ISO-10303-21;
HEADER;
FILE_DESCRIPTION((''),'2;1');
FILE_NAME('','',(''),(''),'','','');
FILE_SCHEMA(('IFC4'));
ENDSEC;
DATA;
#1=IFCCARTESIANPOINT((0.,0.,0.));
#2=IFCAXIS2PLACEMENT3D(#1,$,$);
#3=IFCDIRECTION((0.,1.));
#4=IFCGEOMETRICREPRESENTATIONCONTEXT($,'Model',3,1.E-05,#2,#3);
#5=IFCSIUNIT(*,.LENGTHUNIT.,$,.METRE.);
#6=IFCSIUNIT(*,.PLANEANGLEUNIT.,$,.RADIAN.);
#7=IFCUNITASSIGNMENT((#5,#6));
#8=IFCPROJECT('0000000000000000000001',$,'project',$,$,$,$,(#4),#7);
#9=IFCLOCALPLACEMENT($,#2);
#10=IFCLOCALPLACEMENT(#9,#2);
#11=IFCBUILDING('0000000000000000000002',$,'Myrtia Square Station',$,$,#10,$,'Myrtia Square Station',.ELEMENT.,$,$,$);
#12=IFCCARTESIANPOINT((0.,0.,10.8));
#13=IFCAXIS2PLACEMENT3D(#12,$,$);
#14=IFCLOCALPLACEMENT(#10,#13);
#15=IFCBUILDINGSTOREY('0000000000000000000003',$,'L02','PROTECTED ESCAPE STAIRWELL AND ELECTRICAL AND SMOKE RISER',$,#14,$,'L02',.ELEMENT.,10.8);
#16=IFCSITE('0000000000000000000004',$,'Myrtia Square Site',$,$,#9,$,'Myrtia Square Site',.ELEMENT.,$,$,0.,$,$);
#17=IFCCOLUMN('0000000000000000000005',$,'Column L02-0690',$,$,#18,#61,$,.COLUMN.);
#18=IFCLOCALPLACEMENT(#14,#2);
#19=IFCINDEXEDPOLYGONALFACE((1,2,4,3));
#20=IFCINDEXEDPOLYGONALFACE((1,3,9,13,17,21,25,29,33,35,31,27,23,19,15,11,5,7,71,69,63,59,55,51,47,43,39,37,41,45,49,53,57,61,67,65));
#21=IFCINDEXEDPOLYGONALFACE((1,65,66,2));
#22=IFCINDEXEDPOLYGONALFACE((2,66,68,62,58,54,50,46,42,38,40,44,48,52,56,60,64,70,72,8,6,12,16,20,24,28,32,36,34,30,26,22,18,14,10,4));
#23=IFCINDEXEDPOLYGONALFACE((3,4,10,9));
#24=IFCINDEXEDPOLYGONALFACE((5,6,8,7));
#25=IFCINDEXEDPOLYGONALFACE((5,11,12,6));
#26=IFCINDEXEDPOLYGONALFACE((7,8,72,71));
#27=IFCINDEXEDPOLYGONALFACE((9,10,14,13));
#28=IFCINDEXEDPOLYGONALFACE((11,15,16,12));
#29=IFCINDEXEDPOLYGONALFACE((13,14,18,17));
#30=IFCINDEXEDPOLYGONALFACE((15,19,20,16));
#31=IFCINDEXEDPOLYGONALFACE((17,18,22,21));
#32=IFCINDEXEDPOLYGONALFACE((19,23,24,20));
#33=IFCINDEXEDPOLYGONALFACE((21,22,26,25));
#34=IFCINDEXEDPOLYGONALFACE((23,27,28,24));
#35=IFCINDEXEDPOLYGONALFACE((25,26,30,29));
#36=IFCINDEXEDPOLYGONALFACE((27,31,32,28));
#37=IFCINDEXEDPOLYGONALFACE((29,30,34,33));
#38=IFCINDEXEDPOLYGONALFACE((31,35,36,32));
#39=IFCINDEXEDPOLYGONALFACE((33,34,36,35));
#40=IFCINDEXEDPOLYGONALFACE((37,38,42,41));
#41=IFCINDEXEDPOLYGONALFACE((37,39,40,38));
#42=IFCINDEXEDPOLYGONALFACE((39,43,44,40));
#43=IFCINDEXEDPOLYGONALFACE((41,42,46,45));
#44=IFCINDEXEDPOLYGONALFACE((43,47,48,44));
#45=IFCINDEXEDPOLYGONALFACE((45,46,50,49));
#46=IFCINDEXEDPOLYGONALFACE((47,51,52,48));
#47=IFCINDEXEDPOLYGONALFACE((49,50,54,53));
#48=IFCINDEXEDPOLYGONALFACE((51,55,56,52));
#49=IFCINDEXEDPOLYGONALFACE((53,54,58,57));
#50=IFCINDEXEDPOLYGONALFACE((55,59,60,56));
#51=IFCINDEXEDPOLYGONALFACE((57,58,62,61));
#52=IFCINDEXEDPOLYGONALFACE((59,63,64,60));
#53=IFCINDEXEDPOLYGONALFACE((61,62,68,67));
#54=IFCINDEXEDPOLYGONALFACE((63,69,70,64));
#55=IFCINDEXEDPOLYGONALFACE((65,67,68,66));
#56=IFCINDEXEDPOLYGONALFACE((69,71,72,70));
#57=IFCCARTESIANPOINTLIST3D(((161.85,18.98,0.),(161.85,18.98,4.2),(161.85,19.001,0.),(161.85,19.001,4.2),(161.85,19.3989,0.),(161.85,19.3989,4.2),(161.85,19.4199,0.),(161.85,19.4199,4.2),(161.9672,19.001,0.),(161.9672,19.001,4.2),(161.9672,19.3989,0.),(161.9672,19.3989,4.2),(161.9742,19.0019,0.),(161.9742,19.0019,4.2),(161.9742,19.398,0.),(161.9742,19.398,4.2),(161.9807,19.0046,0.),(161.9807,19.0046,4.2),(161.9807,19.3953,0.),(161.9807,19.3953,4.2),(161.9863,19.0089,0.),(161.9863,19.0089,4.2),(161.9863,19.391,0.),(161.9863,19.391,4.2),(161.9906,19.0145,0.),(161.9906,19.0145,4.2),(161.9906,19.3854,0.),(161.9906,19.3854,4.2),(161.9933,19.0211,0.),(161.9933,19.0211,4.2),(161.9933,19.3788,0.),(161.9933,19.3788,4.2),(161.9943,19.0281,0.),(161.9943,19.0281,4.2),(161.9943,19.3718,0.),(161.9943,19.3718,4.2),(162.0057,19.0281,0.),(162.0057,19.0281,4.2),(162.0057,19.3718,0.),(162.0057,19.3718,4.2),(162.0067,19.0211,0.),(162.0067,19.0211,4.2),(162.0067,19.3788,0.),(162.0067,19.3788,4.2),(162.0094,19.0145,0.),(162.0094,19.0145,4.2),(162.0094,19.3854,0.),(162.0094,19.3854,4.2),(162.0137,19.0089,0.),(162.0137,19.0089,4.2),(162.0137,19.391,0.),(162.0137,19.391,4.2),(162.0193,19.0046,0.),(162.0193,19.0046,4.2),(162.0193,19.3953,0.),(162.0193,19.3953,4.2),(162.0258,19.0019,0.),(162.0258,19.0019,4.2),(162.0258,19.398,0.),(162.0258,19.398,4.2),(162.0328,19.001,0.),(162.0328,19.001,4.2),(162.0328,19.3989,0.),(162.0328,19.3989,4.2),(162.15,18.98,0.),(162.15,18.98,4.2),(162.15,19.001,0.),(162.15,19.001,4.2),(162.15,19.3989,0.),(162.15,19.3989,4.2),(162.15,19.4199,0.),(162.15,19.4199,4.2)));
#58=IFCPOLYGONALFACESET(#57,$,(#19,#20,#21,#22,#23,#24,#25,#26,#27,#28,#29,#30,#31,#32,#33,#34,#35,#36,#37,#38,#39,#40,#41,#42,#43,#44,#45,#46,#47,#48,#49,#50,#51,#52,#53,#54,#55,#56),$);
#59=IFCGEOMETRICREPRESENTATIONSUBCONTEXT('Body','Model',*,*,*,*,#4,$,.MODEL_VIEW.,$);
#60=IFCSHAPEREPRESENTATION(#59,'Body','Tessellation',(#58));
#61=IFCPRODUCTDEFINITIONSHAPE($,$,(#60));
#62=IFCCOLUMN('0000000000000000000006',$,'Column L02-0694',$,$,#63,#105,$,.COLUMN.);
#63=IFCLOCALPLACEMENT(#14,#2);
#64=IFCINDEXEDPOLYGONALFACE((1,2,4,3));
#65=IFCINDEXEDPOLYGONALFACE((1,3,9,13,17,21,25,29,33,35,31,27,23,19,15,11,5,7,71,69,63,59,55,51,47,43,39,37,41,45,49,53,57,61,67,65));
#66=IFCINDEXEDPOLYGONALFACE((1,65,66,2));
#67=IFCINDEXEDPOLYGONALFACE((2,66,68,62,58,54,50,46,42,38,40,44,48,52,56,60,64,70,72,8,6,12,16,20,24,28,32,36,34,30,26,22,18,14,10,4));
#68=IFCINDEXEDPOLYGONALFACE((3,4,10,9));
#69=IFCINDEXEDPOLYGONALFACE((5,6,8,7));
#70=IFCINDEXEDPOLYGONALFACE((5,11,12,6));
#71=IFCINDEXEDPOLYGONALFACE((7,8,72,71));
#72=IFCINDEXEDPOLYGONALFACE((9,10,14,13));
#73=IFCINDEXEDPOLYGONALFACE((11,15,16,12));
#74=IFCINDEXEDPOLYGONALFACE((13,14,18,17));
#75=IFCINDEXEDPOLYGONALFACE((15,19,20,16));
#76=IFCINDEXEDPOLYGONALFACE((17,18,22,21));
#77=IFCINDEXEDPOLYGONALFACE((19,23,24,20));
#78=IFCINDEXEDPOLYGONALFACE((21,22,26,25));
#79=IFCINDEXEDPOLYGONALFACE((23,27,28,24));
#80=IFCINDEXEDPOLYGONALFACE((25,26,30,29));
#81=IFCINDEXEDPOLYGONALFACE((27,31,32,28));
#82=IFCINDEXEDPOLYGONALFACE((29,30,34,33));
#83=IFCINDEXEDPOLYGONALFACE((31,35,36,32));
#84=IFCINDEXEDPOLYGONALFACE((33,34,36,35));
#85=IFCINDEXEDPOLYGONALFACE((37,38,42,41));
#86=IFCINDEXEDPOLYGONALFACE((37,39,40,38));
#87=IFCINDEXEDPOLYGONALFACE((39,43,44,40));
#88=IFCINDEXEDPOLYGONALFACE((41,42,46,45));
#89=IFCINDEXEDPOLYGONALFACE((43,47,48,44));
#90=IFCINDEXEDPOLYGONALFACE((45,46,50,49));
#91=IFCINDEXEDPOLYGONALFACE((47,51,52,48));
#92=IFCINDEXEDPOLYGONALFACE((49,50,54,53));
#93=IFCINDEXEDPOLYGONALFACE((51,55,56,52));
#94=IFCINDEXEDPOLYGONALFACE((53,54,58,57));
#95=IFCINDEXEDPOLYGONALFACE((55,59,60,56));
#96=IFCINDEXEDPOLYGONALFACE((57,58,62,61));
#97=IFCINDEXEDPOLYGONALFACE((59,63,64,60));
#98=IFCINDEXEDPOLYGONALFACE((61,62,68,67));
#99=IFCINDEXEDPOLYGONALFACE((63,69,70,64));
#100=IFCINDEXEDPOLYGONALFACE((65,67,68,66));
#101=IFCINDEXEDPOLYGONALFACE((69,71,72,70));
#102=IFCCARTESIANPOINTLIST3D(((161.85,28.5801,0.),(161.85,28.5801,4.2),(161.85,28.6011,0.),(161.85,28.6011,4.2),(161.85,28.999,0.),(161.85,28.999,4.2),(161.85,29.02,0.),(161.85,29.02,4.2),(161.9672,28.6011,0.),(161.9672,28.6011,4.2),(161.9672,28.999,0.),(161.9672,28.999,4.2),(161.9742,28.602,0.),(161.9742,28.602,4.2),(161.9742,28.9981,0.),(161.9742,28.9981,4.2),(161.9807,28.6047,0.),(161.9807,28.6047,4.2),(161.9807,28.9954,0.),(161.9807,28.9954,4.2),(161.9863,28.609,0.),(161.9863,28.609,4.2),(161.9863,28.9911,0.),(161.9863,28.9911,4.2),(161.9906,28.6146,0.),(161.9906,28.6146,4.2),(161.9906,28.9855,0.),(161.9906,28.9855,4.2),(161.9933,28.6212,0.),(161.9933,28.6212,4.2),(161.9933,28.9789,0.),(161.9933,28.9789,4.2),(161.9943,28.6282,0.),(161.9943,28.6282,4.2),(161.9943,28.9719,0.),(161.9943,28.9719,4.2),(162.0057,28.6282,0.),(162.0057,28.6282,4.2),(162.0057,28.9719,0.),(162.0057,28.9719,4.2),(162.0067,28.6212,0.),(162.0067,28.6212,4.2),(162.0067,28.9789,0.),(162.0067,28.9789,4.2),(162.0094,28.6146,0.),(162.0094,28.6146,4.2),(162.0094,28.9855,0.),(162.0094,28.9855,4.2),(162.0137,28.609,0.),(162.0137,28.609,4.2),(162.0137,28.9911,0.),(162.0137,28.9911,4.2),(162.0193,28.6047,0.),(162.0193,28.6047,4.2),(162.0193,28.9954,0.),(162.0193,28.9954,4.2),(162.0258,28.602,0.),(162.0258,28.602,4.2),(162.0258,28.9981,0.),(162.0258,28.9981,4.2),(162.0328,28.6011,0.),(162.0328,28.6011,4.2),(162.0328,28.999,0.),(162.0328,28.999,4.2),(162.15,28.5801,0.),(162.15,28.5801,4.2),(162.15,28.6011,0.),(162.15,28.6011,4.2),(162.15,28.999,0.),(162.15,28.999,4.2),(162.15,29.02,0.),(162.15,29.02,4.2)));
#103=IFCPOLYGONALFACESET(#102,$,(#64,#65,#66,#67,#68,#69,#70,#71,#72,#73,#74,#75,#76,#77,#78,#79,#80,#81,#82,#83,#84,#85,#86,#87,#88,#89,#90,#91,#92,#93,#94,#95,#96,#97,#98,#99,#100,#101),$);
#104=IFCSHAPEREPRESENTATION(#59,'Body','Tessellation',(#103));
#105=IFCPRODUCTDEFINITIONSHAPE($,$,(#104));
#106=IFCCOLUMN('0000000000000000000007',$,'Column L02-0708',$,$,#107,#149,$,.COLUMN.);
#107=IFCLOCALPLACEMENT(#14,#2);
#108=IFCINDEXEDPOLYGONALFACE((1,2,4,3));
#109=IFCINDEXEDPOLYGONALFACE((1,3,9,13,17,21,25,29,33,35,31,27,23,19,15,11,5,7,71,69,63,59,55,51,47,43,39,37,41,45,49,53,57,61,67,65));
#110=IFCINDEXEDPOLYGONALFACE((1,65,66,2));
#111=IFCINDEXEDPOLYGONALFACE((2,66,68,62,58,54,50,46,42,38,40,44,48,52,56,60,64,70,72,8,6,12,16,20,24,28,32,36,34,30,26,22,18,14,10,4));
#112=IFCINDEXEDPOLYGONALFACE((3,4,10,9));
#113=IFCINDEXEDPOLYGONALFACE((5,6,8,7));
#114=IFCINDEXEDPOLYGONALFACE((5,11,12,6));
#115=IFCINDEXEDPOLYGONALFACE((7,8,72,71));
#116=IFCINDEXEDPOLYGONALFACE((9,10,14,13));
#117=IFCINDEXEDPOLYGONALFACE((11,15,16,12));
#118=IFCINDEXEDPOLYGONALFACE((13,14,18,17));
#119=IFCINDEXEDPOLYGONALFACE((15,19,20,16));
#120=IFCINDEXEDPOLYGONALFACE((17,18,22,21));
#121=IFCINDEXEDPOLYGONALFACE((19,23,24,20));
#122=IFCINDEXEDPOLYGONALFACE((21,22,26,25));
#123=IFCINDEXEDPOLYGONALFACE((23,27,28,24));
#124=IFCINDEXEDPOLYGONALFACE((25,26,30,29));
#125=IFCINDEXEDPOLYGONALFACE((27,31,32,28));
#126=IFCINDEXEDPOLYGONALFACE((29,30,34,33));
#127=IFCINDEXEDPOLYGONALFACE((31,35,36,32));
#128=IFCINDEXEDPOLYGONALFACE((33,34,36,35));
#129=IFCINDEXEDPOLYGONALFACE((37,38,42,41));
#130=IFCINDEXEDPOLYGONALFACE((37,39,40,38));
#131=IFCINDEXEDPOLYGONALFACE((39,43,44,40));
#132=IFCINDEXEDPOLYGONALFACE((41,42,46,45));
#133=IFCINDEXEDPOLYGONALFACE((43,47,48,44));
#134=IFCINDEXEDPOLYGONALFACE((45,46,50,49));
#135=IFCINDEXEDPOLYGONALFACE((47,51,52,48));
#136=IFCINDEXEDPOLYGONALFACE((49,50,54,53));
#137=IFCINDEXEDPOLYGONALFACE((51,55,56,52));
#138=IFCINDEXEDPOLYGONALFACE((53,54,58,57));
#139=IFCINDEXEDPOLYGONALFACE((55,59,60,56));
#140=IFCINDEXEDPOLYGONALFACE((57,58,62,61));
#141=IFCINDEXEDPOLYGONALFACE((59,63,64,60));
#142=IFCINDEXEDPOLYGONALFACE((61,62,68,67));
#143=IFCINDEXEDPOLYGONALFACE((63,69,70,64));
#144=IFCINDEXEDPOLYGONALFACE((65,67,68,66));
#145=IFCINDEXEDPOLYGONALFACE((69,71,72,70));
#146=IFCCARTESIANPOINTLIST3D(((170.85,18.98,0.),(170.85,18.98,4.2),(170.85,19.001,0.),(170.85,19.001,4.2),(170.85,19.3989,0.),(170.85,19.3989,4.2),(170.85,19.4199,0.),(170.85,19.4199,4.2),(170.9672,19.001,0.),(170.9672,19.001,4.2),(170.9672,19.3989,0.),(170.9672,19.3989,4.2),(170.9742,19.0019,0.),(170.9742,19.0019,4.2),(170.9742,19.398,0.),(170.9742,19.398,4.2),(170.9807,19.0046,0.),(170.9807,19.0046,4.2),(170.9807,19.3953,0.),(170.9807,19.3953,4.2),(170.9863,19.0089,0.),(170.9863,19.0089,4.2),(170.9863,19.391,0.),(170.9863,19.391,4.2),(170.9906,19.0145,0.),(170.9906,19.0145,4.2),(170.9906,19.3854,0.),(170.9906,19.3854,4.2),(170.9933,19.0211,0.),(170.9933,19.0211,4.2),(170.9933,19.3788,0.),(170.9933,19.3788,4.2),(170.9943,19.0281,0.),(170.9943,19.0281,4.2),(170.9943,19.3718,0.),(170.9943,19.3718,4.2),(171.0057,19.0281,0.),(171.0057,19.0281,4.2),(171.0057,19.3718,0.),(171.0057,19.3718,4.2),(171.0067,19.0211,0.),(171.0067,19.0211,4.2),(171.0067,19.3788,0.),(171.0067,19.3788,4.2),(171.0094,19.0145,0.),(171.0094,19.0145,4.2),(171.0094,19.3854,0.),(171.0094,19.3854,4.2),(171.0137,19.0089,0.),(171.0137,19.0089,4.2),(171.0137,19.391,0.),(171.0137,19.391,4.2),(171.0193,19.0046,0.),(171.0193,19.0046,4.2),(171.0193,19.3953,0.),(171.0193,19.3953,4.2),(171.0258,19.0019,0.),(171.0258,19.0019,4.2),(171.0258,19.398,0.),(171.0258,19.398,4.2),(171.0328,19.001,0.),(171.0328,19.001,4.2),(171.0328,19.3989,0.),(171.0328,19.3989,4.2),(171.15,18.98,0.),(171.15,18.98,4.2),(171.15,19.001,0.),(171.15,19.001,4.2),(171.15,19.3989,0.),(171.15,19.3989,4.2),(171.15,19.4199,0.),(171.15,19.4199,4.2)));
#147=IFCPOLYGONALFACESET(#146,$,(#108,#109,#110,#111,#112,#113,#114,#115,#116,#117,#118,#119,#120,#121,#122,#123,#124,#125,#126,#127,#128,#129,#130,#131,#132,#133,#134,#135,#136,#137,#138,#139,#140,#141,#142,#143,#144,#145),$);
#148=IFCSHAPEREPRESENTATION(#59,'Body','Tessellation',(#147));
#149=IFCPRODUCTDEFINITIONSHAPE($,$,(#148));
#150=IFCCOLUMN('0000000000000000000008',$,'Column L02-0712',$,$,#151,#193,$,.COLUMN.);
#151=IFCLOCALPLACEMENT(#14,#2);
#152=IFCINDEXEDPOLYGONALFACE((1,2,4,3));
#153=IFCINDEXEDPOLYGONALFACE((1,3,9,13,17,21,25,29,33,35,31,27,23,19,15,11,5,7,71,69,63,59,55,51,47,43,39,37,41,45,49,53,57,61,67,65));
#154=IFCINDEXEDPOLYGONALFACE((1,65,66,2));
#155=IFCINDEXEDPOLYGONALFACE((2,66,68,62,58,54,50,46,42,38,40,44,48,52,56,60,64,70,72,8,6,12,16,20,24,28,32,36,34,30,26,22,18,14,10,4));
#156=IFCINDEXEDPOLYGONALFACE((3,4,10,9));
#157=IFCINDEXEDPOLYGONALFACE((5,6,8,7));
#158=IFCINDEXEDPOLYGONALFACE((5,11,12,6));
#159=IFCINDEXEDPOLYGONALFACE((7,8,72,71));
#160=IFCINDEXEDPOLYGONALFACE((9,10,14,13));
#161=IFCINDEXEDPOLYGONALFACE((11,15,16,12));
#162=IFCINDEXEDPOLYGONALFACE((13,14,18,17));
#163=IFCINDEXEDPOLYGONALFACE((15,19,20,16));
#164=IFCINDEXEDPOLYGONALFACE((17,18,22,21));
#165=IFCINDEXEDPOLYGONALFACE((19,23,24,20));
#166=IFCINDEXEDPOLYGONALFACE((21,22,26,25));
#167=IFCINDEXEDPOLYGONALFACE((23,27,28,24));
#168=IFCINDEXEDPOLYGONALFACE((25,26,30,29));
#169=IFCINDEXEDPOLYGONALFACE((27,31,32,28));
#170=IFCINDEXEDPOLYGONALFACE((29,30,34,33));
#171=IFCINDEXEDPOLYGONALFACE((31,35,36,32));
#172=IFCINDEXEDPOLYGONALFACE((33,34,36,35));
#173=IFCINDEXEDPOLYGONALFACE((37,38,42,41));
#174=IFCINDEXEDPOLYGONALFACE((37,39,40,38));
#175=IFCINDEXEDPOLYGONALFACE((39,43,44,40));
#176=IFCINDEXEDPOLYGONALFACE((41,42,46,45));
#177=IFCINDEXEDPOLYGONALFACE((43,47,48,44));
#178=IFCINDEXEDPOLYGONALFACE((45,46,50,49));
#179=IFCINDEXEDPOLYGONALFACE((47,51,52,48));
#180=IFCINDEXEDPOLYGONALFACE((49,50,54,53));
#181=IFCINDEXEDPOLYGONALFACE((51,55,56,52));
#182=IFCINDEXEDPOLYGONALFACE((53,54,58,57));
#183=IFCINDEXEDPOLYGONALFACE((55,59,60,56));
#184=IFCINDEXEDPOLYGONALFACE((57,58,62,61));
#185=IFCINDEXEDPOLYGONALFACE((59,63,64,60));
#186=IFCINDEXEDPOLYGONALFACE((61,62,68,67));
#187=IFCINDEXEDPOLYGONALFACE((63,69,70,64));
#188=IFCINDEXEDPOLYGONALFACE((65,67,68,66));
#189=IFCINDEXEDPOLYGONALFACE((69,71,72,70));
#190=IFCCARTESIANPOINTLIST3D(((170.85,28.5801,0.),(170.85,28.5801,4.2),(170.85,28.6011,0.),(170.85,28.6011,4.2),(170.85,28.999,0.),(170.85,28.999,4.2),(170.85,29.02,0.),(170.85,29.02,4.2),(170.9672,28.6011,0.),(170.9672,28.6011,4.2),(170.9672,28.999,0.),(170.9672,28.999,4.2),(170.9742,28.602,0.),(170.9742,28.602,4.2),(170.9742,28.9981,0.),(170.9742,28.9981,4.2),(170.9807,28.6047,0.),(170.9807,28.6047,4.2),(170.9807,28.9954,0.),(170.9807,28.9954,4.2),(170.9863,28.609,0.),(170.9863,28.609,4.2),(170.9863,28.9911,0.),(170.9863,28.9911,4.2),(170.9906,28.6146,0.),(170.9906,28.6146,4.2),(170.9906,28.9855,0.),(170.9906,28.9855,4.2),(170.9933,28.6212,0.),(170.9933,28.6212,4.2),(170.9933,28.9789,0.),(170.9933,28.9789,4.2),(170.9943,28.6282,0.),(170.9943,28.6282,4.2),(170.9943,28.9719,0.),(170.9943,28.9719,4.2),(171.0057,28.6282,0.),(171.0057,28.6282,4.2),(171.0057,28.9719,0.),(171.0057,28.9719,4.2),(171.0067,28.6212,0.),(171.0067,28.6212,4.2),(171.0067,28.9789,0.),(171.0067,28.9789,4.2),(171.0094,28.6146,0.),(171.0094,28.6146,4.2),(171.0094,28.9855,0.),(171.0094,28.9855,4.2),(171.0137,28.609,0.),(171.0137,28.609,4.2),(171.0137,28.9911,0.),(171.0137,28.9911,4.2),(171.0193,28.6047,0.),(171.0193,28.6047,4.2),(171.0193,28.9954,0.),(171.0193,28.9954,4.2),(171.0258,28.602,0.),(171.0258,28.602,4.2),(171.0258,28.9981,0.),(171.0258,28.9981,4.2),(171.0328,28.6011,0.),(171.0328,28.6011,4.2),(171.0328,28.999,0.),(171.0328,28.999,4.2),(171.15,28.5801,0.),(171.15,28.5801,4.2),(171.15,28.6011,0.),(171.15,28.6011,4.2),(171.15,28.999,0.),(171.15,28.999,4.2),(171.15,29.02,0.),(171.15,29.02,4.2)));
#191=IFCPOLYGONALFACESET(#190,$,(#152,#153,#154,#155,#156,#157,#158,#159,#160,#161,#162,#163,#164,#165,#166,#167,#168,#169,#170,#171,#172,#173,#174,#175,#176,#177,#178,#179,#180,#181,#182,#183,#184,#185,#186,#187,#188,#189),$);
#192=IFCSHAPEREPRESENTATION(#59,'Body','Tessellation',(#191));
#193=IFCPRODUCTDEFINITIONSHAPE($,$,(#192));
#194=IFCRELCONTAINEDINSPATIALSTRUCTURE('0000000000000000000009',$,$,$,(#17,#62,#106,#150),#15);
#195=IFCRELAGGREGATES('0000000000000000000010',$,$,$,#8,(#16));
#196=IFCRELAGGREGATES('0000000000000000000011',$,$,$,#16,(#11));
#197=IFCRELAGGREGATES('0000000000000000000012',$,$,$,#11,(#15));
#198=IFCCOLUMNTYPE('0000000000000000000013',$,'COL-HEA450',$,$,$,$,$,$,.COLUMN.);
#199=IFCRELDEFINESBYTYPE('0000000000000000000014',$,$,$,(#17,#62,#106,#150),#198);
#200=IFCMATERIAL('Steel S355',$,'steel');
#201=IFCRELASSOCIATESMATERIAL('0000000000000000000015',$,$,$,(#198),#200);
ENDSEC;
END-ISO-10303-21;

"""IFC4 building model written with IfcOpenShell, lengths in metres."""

from ifc_helpers import new_model, si_unit, direction, frame, origin, origin_2d, place, context, subcontext, project, spatial, i_section, extrude, material, material_profile, profile_set, type_object, element, save


model = new_model("IFC4")

# Units and contexts
model_context = context("Model", 3, precision=1e-05, world=origin(), true_north=direction((0.0, 1.0)))
body_context = subcontext(model_context, "Body", "Model", "MODEL_VIEW")
ifc_project = project(units=[si_unit("LENGTHUNIT", "METRE"), si_unit("PLANEANGLEUNIT", "RADIAN")], contexts=[model_context])

# Site, building, storey
site_placement = place(None, origin())
site = spatial("IfcSite", under=ifc_project, at=site_placement, Name="Myrtia Square Site", LongName="Myrtia Square Site", CompositionType="ELEMENT", RefElevation=0.0)
building_placement = place(site_placement, origin())
building = spatial("IfcBuilding", under=site, at=building_placement, Name="Myrtia Square Station", LongName="Myrtia Square Station", CompositionType="ELEMENT")
storey_placement = place(building_placement, frame((0.0, 0.0, 10.8)))
storey = spatial("IfcBuildingStorey", under=building, at=storey_placement, Name="L02", Description="PROTECTED ESCAPE STAIRWELL AND ELECTRICAL AND SMOKE RISER", LongName="L02", CompositionType="ELEMENT", Elevation=10.8)

# Columns
ifc_material_1 = material(Name="Steel S355", Category="steel")
ifc_material_profile_1 = material_profile(ifc_material_1, i_section(OverallWidth=0.3, OverallDepth=0.4399, WebThickness=0.0115, FlangeThickness=0.021, FilletRadius=0.0271, at=origin_2d()), Name="HEA 450")
ifc_profile_set_1 = profile_set([ifc_material_profile_1], Name="Steel S355")
column_type = type_object("IfcColumnType", Name="COL-HEA450", PredefinedType="COLUMN", material=ifc_profile_set_1)
for number, where, z_axis, x_axis, name in (
    (1, (162.0, 19.2, 0.0), (0.0, 0.0, 1.0), (1.0, 0.0, 0.0), "Column L02-0690"),
    (2, (162.0, 28.8, 0.0), (0.0, 0.0, 1.0), (1.0, 0.0, 0.0), "Column L02-0694"),
    (3, (171.0, 19.2, 0.0), (0.0, 0.0, 1.0), (1.0, 0.0, 0.0), "Column L02-0708"),
    (4, (171.0, 28.8, 0.0), (0.0, 0.0, 1.0), (1.0, 0.0, 0.0), "Column L02-0712"),
):
    element("IfcColumn", number, at=place(storey_placement, frame(where, z_axis=z_axis, x_axis=x_axis)), inside=storey, type_object=column_type, Name=name, PredefinedType="COLUMN", context=body_context, shape_type="SweptSolid", body=[
        extrude(i_section(OverallWidth=0.3, OverallDepth=0.4399, WebThickness=0.0115, FlangeThickness=0.021, FilletRadius=0.0271, at=origin_2d()), origin(), (0.0, 0.0, 1.0), 4.2),
    ])

save(model, "model.ifc")
